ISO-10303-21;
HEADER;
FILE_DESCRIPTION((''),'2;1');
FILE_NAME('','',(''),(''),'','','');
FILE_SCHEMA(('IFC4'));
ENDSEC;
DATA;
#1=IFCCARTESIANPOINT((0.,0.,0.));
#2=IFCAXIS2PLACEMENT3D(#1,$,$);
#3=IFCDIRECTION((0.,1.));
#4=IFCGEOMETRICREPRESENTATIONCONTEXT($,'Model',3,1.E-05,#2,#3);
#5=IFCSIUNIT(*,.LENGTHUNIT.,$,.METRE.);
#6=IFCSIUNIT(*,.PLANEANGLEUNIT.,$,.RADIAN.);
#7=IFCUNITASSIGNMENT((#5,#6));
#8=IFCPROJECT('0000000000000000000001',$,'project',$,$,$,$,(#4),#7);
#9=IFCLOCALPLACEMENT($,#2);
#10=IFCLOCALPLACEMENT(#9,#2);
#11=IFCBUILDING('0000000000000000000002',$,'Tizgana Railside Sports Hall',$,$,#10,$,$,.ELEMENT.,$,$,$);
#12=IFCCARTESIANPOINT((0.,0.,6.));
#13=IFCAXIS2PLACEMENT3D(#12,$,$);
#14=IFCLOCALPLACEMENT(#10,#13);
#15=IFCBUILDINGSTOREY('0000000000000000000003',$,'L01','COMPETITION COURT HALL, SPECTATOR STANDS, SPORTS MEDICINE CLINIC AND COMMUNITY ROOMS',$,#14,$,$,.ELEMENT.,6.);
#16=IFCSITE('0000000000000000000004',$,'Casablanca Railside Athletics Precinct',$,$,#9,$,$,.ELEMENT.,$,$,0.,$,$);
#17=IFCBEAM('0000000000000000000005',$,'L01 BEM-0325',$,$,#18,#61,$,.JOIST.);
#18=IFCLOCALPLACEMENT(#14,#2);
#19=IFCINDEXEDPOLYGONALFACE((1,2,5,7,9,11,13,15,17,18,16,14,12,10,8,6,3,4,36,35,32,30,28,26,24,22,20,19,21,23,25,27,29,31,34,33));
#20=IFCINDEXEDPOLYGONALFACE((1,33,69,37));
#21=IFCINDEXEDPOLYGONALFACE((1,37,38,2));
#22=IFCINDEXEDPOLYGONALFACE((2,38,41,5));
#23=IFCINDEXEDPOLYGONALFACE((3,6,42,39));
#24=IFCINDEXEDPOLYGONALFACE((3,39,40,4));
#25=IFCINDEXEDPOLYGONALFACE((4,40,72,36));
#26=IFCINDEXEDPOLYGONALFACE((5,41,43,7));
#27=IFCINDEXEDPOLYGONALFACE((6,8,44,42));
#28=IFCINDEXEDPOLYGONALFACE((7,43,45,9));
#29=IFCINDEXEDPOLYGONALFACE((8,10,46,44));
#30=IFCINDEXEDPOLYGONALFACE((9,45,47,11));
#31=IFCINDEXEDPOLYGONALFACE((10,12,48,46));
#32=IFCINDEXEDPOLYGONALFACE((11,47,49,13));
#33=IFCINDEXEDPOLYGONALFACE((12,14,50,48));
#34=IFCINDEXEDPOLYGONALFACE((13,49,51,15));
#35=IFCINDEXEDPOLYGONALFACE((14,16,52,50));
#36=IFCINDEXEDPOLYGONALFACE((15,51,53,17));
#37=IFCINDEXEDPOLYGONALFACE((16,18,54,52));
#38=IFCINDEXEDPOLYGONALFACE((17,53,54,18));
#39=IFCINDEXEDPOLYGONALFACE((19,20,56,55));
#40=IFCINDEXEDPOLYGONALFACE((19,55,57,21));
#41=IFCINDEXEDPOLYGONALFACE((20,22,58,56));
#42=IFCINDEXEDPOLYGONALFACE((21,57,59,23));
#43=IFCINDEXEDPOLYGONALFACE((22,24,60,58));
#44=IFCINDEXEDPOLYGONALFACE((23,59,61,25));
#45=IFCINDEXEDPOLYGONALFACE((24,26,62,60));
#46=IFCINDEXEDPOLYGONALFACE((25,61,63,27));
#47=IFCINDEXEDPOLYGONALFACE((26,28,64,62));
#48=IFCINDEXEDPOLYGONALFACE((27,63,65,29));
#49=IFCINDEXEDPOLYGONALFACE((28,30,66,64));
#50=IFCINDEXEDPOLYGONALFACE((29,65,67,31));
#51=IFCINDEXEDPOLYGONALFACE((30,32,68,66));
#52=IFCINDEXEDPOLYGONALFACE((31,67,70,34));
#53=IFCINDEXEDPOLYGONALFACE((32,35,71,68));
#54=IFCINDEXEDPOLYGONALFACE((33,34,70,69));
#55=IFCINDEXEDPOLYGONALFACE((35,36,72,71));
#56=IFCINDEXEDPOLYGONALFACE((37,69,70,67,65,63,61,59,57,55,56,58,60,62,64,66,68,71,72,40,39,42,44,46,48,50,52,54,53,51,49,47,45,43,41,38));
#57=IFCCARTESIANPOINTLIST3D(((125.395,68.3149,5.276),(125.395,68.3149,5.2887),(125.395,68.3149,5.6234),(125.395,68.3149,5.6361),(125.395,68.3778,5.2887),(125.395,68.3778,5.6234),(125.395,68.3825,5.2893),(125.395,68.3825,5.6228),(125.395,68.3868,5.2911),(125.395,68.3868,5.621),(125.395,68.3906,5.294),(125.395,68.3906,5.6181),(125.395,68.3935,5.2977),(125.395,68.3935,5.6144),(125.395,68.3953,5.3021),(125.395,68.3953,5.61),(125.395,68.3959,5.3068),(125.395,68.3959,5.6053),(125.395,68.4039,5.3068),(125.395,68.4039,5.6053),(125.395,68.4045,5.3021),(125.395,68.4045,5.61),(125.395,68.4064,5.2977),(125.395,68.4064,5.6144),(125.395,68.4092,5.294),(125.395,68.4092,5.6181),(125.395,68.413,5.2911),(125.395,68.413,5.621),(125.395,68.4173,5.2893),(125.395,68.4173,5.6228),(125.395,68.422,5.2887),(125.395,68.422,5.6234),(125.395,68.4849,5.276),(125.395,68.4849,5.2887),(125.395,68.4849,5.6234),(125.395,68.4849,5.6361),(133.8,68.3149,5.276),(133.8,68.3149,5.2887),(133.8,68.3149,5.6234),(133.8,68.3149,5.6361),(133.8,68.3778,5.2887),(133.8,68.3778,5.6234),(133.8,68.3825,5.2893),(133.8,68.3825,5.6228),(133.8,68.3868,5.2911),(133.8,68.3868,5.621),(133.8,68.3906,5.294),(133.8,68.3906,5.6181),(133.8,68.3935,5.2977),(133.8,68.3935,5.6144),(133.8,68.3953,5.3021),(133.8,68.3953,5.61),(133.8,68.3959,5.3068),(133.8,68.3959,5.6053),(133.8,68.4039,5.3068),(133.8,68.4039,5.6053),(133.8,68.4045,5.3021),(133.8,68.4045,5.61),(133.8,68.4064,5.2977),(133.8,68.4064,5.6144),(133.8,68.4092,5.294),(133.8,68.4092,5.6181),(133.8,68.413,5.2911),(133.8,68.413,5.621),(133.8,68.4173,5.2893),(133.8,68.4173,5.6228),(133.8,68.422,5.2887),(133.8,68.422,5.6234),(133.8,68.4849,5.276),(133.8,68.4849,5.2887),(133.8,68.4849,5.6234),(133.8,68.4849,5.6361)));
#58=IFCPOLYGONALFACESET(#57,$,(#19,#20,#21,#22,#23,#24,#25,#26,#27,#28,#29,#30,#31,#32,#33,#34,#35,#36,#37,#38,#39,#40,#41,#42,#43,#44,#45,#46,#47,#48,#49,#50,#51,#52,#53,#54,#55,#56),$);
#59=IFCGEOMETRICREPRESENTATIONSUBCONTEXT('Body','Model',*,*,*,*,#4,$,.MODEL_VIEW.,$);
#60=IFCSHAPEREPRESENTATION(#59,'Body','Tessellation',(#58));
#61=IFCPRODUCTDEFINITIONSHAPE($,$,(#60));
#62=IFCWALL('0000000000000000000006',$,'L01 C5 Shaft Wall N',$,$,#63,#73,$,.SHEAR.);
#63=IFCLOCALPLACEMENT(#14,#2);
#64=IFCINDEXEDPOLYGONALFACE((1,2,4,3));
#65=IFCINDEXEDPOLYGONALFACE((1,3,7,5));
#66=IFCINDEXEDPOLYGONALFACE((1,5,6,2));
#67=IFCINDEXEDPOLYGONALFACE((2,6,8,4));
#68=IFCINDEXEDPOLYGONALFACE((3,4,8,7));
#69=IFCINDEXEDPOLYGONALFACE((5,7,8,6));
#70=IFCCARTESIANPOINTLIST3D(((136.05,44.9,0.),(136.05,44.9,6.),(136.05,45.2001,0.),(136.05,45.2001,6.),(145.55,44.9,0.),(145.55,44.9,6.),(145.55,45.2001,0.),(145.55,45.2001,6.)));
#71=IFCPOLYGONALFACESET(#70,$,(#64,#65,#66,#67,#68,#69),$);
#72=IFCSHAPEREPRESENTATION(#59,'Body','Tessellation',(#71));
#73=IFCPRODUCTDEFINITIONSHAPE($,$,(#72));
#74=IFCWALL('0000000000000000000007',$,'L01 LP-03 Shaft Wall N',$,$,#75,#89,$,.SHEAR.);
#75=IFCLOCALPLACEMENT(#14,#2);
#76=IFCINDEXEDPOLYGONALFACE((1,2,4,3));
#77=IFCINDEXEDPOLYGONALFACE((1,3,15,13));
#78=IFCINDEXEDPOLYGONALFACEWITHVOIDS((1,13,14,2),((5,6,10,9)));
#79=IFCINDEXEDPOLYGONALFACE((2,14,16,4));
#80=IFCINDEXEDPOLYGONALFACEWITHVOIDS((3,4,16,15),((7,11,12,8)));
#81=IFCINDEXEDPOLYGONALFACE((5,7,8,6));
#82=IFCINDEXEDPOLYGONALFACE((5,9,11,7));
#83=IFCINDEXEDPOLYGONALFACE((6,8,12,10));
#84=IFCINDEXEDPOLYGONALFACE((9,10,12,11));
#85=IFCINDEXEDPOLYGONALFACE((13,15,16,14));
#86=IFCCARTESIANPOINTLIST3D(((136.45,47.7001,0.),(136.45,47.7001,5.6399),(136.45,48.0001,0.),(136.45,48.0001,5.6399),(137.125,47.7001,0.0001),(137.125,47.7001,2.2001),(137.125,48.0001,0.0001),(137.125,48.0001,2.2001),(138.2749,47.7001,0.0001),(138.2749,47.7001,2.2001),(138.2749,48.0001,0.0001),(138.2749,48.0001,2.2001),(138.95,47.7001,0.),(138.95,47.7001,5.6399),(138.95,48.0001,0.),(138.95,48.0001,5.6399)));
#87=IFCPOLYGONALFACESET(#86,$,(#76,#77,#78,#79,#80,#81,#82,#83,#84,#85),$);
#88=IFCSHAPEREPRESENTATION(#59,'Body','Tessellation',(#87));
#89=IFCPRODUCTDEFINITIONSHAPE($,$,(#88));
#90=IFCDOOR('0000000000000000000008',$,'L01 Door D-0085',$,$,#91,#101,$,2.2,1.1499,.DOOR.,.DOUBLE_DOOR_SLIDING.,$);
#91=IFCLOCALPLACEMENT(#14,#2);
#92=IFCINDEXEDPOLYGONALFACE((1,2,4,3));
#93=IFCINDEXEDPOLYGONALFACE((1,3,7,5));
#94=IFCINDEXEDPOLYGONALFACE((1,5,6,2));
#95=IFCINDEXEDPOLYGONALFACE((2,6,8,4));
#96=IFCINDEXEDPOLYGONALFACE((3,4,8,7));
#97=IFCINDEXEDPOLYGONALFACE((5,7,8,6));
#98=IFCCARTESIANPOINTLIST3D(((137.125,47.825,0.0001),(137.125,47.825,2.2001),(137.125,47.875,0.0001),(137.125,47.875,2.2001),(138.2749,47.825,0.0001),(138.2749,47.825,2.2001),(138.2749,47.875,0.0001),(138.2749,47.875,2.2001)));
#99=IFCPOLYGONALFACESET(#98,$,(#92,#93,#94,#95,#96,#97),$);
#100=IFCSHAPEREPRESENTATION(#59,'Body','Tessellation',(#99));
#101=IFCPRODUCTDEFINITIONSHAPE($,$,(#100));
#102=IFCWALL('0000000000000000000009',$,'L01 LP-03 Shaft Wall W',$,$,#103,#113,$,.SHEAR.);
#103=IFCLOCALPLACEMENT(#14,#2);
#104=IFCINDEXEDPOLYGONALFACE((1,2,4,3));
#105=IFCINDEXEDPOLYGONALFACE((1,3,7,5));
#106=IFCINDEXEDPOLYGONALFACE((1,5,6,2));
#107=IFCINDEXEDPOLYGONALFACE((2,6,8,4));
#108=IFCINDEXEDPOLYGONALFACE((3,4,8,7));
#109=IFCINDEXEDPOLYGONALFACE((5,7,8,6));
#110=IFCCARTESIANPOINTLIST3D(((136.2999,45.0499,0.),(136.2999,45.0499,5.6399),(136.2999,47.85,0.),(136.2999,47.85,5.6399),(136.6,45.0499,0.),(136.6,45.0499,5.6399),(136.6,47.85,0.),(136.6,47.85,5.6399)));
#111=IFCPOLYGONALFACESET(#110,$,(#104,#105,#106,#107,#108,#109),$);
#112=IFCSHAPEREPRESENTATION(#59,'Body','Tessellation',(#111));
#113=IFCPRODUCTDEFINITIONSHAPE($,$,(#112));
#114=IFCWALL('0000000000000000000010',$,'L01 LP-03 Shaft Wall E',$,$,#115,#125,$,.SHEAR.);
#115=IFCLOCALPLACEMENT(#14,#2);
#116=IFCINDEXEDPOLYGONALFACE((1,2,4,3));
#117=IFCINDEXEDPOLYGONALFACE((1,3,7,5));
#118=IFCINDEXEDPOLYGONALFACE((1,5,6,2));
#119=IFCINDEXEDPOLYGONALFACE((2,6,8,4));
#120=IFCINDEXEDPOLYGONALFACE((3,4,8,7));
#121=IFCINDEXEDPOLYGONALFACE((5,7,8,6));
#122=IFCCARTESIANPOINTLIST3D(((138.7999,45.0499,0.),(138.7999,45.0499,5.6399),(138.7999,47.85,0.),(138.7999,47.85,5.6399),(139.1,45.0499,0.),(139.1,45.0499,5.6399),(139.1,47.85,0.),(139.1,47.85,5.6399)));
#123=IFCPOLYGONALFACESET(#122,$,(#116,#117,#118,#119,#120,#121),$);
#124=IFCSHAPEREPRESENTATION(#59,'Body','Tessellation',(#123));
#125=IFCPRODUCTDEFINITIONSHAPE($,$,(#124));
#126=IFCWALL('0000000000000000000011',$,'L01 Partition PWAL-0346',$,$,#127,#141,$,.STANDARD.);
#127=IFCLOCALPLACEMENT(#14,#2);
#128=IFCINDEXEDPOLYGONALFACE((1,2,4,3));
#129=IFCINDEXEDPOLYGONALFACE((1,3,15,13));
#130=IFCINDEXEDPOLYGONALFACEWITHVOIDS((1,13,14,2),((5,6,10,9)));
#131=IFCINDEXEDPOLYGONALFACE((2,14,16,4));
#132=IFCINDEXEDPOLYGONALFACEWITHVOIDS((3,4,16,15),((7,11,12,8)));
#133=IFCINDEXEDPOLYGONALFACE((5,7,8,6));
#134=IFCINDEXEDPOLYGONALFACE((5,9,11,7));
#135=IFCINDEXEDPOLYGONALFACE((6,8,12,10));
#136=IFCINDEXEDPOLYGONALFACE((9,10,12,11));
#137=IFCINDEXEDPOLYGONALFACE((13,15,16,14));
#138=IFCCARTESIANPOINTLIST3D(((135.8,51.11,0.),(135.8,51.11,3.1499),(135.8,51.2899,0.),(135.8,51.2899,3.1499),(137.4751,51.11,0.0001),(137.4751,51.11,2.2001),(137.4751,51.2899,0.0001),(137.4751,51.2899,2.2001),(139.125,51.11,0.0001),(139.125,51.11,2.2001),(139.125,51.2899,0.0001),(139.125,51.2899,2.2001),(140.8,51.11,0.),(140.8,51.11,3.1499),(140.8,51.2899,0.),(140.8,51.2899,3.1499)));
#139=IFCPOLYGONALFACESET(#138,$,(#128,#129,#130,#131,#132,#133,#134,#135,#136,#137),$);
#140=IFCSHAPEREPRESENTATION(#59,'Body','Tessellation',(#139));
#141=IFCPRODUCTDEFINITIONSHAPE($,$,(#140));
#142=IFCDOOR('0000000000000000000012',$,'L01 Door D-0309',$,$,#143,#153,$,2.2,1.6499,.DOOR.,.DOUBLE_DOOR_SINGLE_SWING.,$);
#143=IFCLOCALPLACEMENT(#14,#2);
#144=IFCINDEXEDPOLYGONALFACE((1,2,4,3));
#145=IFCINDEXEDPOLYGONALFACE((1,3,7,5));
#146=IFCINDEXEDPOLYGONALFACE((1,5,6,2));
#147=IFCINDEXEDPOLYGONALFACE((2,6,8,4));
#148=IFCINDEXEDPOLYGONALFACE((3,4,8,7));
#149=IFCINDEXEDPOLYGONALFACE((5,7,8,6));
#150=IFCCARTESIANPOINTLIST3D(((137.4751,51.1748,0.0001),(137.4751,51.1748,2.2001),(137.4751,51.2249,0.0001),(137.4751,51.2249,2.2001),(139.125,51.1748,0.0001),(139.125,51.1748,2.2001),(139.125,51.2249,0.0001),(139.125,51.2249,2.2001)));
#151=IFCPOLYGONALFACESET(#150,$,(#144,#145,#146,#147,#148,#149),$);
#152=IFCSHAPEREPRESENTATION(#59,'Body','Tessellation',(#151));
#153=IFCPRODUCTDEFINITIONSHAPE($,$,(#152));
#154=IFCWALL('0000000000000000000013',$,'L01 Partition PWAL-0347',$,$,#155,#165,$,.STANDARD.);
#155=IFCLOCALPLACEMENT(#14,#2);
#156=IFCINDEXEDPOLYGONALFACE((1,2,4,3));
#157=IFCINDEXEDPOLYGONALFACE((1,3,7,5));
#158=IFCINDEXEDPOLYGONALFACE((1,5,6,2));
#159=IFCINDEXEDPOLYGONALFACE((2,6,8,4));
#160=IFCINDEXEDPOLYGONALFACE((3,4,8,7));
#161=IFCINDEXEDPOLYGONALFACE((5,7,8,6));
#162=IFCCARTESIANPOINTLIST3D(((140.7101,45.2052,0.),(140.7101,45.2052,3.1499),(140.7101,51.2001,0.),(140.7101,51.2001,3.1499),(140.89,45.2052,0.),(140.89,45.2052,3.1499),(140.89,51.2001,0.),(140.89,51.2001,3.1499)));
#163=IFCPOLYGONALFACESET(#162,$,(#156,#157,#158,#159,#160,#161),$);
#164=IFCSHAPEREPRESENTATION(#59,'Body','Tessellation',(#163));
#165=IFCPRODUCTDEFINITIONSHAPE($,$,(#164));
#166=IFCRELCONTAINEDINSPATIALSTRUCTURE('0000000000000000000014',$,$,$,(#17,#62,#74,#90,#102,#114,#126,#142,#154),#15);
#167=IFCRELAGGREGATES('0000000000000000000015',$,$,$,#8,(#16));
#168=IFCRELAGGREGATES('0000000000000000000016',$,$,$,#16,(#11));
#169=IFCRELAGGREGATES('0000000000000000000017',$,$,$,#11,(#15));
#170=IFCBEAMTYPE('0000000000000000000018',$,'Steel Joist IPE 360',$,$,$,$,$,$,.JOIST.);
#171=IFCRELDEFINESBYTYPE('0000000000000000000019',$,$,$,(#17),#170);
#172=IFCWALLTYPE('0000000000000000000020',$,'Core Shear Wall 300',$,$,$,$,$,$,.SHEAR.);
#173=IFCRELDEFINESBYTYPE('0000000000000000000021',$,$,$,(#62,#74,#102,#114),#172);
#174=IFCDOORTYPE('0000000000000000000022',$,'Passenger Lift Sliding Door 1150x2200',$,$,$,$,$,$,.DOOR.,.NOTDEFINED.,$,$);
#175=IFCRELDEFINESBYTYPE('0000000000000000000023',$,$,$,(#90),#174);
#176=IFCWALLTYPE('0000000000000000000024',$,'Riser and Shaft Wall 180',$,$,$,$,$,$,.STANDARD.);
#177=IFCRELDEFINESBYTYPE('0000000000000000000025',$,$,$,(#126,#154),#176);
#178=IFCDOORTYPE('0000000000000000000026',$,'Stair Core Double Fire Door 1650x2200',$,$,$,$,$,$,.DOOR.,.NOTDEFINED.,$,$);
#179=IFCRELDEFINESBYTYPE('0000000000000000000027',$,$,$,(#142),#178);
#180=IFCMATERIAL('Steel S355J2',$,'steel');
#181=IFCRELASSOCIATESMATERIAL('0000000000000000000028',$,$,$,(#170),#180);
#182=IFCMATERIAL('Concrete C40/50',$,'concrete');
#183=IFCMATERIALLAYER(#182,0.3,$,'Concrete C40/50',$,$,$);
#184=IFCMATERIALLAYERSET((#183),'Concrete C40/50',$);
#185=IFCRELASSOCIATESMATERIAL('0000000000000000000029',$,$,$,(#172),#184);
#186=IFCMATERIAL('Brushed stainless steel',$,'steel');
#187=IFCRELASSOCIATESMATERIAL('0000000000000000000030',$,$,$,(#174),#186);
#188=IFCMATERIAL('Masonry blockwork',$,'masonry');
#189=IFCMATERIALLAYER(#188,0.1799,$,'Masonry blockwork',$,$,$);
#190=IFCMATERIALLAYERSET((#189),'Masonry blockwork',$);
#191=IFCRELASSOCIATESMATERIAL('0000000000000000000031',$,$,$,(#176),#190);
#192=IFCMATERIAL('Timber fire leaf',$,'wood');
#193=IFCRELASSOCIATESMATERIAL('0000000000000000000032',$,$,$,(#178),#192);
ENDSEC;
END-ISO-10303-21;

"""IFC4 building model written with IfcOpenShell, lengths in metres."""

from ifc_helpers import new_model, si_unit, direction, frame, frame_2d, origin, origin_2d, place, context, subcontext, project, spatial, rectangle, i_section, extrude, material, layer, layer_set, material_profile, profile_set, type_object, element, fill, save


model = new_model("IFC4")

# Units and contexts
model_context = context("Model", 3, precision=1e-05, world=origin(), true_north=direction((0.0, 1.0)))
body_context = subcontext(model_context, "Body", "Model", "MODEL_VIEW")
ifc_project = project(units=[si_unit("LENGTHUNIT", "METRE"), si_unit("PLANEANGLEUNIT", "RADIAN")], contexts=[model_context])

# Site, building, storey
site_placement = place(None, origin())
site = spatial("IfcSite", under=ifc_project, at=site_placement, Name="Casablanca Railside Athletics Precinct", CompositionType="ELEMENT", RefElevation=0.0)
building_placement = place(site_placement, origin())
building = spatial("IfcBuilding", under=site, at=building_placement, Name="Tizgana Railside Sports Hall", CompositionType="ELEMENT")
storey_placement = place(building_placement, frame((0.0, 0.0, 6.0)))
storey = spatial("IfcBuildingStorey", under=building, at=storey_placement, Name="L01", Description="COMPETITION COURT HALL, SPECTATOR STANDS, SPORTS MEDICINE CLINIC AND COMMUNITY ROOMS", CompositionType="ELEMENT", Elevation=6.0)

# Shared definitions
ifc_material_1 = material(Name="Concrete C40/50", Category="concrete")

# Beam
ifc_material_2 = material(Name="Steel S355J2", Category="steel")
ifc_material_profile_1 = material_profile(ifc_material_2, i_section(OverallWidth=0.1699, OverallDepth=0.3601, WebThickness=0.0081, FlangeThickness=0.0127, FilletRadius=0.0181, at=origin_2d()), Name="IPE 360")
ifc_profile_set_1 = profile_set([ifc_material_profile_1], Name="Steel S355J2")
beam_type_1 = type_object("IfcBeamType", Name="Steel Joist IPE 360", PredefinedType="JOIST", material=ifc_profile_set_1)
beam_1_placement = place(storey_placement, frame((125.395, 68.3999, 5.4561), z_axis=(1.0, 0.0, 0.0), x_axis=(0.0, 1.0, 0.0)))
element("IfcBeam", 1, at=beam_1_placement, inside=storey, type_object=beam_type_1, Name="L01 BEM-0325", PredefinedType="JOIST", context=body_context, shape_type="SweptSolid", body=[
    extrude(i_section(OverallWidth=0.1699, OverallDepth=0.3601, WebThickness=0.0081, FlangeThickness=0.0127, FilletRadius=0.0181, at=origin_2d()), origin(), (0.0, 0.0, 1.0), 8.405),
])

# Wall
ifc_layer_1 = layer(ifc_material_1, 0.3, Name="Concrete C40/50")
ifc_layer_set_1 = layer_set([ifc_layer_1], Name="Concrete C40/50")
wall_type_1 = type_object("IfcWallType", Name="Core Shear Wall 300", PredefinedType="SHEAR", material=ifc_layer_set_1)
wall_1_placement = place(storey_placement, frame((136.05, 45.05, 0.0), z_axis=(0.0, 0.0, 1.0), x_axis=(1.0, 0.0, 0.0)))
element("IfcWall", 2, at=wall_1_placement, inside=storey, type_object=wall_type_1, Name="L01 C5 Shaft Wall N", PredefinedType="SHEAR", context=body_context, shape_type="SweptSolid", body=[
    extrude(rectangle(XDim=9.5, YDim=0.3, at=frame_2d((4.75, 0.0))), origin(), (0.0, 0.0, 1.0), 6.0),
])

# Wall, opening, door
wall_2_placement = place(storey_placement, frame((136.45, 47.8501, 0.0), z_axis=(0.0, 0.0, 1.0), x_axis=(1.0, 0.0, 0.0)))
wall_2 = element("IfcWall", 3, at=wall_2_placement, inside=storey, type_object=wall_type_1, Name="L01 LP-03 Shaft Wall N", PredefinedType="SHEAR", context=body_context, shape_type="SweptSolid", body=[
    extrude(rectangle(XDim=2.5, YDim=0.3, at=frame_2d((1.25, 0.0))), origin(), (0.0, 0.0, 1.0), 5.6399),
])
opening_1_placement = place(wall_2_placement, frame((0.675, 0.0, 0.0)))
opening_1 = element("IfcOpeningElement", 4, at=opening_1_placement, cuts=wall_2, PredefinedType="OPENING", context=body_context, shape_type="SweptSolid", body=[
    extrude(rectangle(XDim=1.1499, YDim=2.2, at=frame_2d((0.575, 1.1001))), frame((0.0, 0.1599, 0.0), z_axis=(0.0, -1.0, 0.0), x_axis=(1.0, 0.0, 0.0)), (0.0, 0.0, 1.0), 0.3201),
])
ifc_material_3 = material(Name="Brushed stainless steel", Category="steel")
door_type_1 = type_object("IfcDoorType", Name="Passenger Lift Sliding Door 1150x2200", OperationType="NOTDEFINED", PredefinedType="DOOR", material=ifc_material_3)
door_1_placement = place(opening_1_placement, origin())
door_1 = element("IfcDoor", 5, at=door_1_placement, inside=storey, type_object=door_type_1, Name="L01 Door D-0085", OperationType="DOUBLE_DOOR_SLIDING", OverallHeight=2.2, OverallWidth=1.1499, PredefinedType="DOOR", context=body_context, shape_type="SweptSolid", body=[
    extrude(rectangle(XDim=1.1499, YDim=2.2, at=frame_2d((0.575, 1.1001))), frame((0.0, 0.0249, 0.0), z_axis=(0.0, -1.0, 0.0), x_axis=(1.0, 0.0, 0.0)), (0.0, 0.0, 1.0), 0.05),
])
fill(opening_1, door_1)

# Walls
for number, where, z_axis, x_axis, name in (
    (6, (136.45, 45.05, 0.0), (0.0, 0.0, 1.0), (0.0, 1.0, 0.0), "L01 LP-03 Shaft Wall W"),
    (7, (138.95, 45.05, 0.0), (0.0, 0.0, 1.0), (0.0, 1.0, 0.0), "L01 LP-03 Shaft Wall E"),
):
    element("IfcWall", number, at=place(storey_placement, frame(where, z_axis=z_axis, x_axis=x_axis)), inside=storey, type_object=wall_type_1, Name=name, PredefinedType="SHEAR", context=body_context, shape_type="SweptSolid", body=[
        extrude(rectangle(XDim=2.8, YDim=0.3, at=frame_2d((1.3999, 0.0))), origin(), (0.0, 0.0, 1.0), 5.6399),
    ])

# Wall, opening, door
ifc_material_4 = material(Name="Masonry blockwork", Category="masonry")
ifc_layer_2 = layer(ifc_material_4, 0.1799, Name="Masonry blockwork")
ifc_layer_set_2 = layer_set([ifc_layer_2], Name="Masonry blockwork")
wall_type_2 = type_object("IfcWallType", Name="Riser and Shaft Wall 180", PredefinedType="STANDARD", material=ifc_layer_set_2)
wall_3_placement = place(storey_placement, frame((135.8, 51.2, 0.0), z_axis=(0.0, 0.0, 1.0), x_axis=(1.0, 0.0, 0.0)))
wall_3 = element("IfcWall", 8, at=wall_3_placement, inside=storey, type_object=wall_type_2, Name="L01 Partition PWAL-0346", PredefinedType="STANDARD", context=body_context, shape_type="SweptSolid", body=[
    extrude(rectangle(XDim=5.0, YDim=0.1799, at=frame_2d((2.5, 0.0))), origin(), (0.0, 0.0, 1.0), 3.1499),
])
opening_2_placement = place(wall_3_placement, frame((1.675, 0.0, 0.0)))
opening_2 = element("IfcOpeningElement", 9, at=opening_2_placement, cuts=wall_3, PredefinedType="OPENING", context=body_context, shape_type="SweptSolid", body=[
    extrude(rectangle(XDim=1.6499, YDim=2.2, at=frame_2d((0.825, 1.1001))), frame((0.0, 0.0999, 0.0), z_axis=(0.0, -1.0, 0.0), x_axis=(1.0, 0.0, 0.0)), (0.0, 0.0, 1.0), 0.2),
])
ifc_material_5 = material(Name="Timber fire leaf", Category="wood")
door_type_2 = type_object("IfcDoorType", Name="Stair Core Double Fire Door 1650x2200", OperationType="NOTDEFINED", PredefinedType="DOOR", material=ifc_material_5)
door_2_placement = place(opening_2_placement, origin())
door_2 = element("IfcDoor", 10, at=door_2_placement, inside=storey, type_object=door_type_2, Name="L01 Door D-0309", OperationType="DOUBLE_DOOR_SINGLE_SWING", OverallHeight=2.2, OverallWidth=1.6499, PredefinedType="DOOR", context=body_context, shape_type="SweptSolid", body=[
    extrude(rectangle(XDim=1.6499, YDim=2.2, at=frame_2d((0.825, 1.1001))), frame((0.0, 0.0249, 0.0), z_axis=(0.0, -1.0, 0.0), x_axis=(1.0, 0.0, 0.0)), (0.0, 0.0, 1.0), 0.05),
])
fill(opening_2, door_2)

# Wall
wall_4_placement = place(storey_placement, frame((140.8, 45.2051, 0.0), z_axis=(0.0, 0.0, 1.0), x_axis=(0.0, 1.0, 0.0)))
element("IfcWall", 11, at=wall_4_placement, inside=storey, type_object=wall_type_2, Name="L01 Partition PWAL-0347", PredefinedType="STANDARD", context=body_context, shape_type="SweptSolid", body=[
    extrude(rectangle(XDim=5.9949, YDim=0.1799, at=frame_2d((2.9976, 0.0))), origin(), (0.0, 0.0, 1.0), 3.1499),
])

save(model, "model.ifc")
